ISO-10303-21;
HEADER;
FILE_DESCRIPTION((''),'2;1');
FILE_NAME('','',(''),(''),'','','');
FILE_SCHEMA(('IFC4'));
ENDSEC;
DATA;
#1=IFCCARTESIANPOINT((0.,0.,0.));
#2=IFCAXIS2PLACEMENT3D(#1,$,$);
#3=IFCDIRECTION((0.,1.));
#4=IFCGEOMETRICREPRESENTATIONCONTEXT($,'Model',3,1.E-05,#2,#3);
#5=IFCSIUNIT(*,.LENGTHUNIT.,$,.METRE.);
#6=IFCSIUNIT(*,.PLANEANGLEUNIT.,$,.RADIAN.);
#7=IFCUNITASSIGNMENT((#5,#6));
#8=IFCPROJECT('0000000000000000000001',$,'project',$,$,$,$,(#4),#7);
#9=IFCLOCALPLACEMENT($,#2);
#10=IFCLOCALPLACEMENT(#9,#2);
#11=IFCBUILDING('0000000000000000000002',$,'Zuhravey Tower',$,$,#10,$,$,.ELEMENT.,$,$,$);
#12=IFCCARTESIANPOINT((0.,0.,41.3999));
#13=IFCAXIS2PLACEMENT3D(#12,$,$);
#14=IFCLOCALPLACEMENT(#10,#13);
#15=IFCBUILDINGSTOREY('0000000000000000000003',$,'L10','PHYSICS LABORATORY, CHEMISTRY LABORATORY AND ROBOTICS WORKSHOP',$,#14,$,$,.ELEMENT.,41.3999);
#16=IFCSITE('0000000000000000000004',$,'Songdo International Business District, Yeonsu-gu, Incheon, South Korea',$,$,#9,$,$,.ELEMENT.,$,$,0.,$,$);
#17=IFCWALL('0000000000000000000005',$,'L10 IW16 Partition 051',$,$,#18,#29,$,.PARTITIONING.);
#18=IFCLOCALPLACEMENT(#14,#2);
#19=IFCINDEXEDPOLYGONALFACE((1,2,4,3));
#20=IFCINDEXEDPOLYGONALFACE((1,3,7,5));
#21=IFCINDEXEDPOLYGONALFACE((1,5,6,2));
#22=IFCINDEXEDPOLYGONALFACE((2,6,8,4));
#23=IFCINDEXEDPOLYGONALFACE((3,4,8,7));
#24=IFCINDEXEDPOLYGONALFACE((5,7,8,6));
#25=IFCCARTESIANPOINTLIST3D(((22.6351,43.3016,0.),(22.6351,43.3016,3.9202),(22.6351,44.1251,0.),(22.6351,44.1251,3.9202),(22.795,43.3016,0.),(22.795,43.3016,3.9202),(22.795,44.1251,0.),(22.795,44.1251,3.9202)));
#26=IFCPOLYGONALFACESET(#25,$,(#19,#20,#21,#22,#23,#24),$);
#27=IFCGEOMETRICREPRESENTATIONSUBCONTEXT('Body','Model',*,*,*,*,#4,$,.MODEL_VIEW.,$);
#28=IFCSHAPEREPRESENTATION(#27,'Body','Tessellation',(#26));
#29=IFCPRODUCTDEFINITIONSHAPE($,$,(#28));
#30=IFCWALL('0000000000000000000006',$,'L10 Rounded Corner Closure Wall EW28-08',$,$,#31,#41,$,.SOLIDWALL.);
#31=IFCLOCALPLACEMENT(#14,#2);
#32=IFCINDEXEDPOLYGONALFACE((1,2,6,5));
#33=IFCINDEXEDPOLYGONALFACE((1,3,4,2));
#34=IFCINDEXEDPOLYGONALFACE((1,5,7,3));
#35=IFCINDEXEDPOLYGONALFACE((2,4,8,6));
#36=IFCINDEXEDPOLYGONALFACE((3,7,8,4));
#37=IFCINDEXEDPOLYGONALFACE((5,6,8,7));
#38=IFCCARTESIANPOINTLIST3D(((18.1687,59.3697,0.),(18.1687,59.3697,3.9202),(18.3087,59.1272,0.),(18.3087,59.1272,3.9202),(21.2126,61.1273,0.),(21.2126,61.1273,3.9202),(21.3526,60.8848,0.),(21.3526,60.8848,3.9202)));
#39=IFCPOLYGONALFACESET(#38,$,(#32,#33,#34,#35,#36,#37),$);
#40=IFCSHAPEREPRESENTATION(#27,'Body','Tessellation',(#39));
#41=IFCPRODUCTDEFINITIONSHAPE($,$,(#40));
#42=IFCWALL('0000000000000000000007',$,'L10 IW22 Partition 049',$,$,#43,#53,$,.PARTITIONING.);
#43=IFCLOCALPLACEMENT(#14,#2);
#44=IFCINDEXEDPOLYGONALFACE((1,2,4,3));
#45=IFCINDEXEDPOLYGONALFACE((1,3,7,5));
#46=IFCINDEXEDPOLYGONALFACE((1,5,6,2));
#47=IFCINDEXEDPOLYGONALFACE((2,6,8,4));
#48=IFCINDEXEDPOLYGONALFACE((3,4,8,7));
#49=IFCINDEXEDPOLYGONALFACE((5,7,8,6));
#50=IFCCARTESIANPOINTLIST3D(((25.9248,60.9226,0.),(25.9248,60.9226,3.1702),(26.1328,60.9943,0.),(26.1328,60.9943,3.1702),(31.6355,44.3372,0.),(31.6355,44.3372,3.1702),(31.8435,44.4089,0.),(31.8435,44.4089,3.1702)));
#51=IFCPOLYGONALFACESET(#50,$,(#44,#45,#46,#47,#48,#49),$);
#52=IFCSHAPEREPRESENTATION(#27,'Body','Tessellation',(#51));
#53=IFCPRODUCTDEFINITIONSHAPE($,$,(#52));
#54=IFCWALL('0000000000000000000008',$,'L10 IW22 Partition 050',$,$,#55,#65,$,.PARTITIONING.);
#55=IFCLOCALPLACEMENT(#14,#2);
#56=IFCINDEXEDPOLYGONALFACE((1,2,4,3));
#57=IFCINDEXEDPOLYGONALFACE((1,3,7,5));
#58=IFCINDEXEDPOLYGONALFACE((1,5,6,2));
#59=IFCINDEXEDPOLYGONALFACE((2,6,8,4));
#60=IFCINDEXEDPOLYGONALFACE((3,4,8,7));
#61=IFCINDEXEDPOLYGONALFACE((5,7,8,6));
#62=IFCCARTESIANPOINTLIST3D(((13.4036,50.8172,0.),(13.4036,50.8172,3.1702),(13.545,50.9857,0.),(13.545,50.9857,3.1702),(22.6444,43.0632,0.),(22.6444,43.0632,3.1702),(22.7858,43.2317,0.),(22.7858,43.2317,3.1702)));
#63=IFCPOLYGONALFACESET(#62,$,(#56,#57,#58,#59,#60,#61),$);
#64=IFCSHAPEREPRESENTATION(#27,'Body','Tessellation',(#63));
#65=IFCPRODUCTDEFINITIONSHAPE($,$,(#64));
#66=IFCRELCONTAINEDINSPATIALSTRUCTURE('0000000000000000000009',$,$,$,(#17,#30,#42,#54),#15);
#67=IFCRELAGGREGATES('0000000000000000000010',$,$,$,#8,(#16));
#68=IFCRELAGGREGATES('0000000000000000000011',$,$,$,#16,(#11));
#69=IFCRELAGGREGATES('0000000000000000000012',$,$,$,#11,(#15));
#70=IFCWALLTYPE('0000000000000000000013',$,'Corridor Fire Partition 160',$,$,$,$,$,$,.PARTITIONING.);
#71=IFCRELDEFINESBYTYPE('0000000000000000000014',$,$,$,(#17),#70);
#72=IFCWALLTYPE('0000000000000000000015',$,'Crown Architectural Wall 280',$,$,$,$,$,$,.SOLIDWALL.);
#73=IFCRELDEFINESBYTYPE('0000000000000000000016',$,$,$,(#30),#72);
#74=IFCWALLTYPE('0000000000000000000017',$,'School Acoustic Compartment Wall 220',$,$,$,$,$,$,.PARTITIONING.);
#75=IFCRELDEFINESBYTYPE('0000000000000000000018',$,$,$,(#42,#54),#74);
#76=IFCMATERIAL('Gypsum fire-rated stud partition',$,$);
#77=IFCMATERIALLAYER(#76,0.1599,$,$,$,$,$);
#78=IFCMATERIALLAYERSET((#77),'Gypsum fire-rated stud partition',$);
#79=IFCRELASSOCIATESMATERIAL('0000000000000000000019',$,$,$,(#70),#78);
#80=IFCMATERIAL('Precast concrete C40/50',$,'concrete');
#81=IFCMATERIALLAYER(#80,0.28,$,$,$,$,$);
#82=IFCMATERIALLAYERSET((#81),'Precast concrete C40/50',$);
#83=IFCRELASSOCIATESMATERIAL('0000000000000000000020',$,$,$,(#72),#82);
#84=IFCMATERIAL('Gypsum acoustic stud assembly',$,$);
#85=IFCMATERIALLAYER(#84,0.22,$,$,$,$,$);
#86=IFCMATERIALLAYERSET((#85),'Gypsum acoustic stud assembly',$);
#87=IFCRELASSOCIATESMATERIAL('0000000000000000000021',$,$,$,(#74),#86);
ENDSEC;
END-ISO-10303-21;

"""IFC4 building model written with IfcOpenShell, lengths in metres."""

from ifc_helpers import new_model, si_unit, direction, frame, frame_2d, origin, place, context, subcontext, project, spatial, rectangle, extrude, material, layer, layer_set, type_object, element, save


model = new_model("IFC4")

# Units and contexts
model_context = context("Model", 3, precision=1e-05, world=origin(), true_north=direction((0.0, 1.0)))
body_context = subcontext(model_context, "Body", "Model", "MODEL_VIEW")
ifc_project = project(units=[si_unit("LENGTHUNIT", "METRE"), si_unit("PLANEANGLEUNIT", "RADIAN")], contexts=[model_context])

# Site, building, storey
site_placement = place(None, origin())
site = spatial("IfcSite", under=ifc_project, at=site_placement, Name="Songdo International Business District, Yeonsu-gu, Incheon, South Korea", CompositionType="ELEMENT", RefElevation=0.0)
building_placement = place(site_placement, origin())
building = spatial("IfcBuilding", under=site, at=building_placement, Name="Zuhravey Tower", CompositionType="ELEMENT")
storey_placement = place(building_placement, frame((0.0, 0.0, 41.3999)))
storey = spatial("IfcBuildingStorey", under=building, at=storey_placement, Name="L10", Description="PHYSICS LABORATORY, CHEMISTRY LABORATORY AND ROBOTICS WORKSHOP", CompositionType="ELEMENT", Elevation=41.3999)

# Shared definitions
ifc_material_1 = material(Name="Gypsum fire-rated stud partition")
ifc_layer_1 = layer(ifc_material_1, 0.1599)
ifc_layer_set_1 = layer_set([ifc_layer_1], Name="Gypsum fire-rated stud partition")
wall_type_1 = type_object("IfcWallType", Name="Corridor Fire Partition 160", PredefinedType="PARTITIONING", material=ifc_layer_set_1)

# Walls
wall_1_placement = place(storey_placement, frame((22.7151, 44.125, 0.0), z_axis=(0.0, 0.0, 1.0), x_axis=(0.0, -1.0, 0.0)))
element("IfcWall", 1, at=wall_1_placement, inside=storey, type_object=wall_type_1, Name="L10 IW16 Partition 051", PredefinedType="PARTITIONING", context=body_context, shape_type="SweptSolid", body=[
    extrude(rectangle(XDim=0.8235, YDim=0.1599, at=frame_2d((0.4116, 0.0))), origin(), (0.0, 0.0, 1.0), 3.9202),
])
ifc_material_2 = material(Name="Precast concrete C40/50", Category="concrete")
ifc_layer_2 = layer(ifc_material_2, 0.28)
ifc_layer_set_2 = layer_set([ifc_layer_2], Name="Precast concrete C40/50")
wall_type_2 = type_object("IfcWallType", Name="Crown Architectural Wall 280", PredefinedType="SOLIDWALL", material=ifc_layer_set_2)
wall_2_placement = place(storey_placement, frame((18.2388, 59.2485, 0.0), z_axis=(0.0, 0.0, 1.0), x_axis=(0.866007, 0.500031, 0.0)))
element("IfcWall", 2, at=wall_2_placement, inside=storey, type_object=wall_type_2, Name="L10 Rounded Corner Closure Wall EW28-08", PredefinedType="SOLIDWALL", context=body_context, shape_type="SweptSolid", body=[
    extrude(rectangle(XDim=3.5149, YDim=0.28, at=frame_2d((1.7573, 0.0))), origin(), (0.0, 0.0, 1.0), 3.9202),
])
ifc_material_3 = material(Name="Gypsum acoustic stud assembly")
ifc_layer_3 = layer(ifc_material_3, 0.22)
ifc_layer_set_3 = layer_set([ifc_layer_3], Name="Gypsum acoustic stud assembly")
wall_type_3 = type_object("IfcWallType", Name="School Acoustic Compartment Wall 220", PredefinedType="PARTITIONING", material=ifc_layer_set_3)
wall_3_placement = place(storey_placement, frame((31.7395, 44.373, 0.0), z_axis=(0.0, 0.0, 1.0), x_axis=(-0.325561, 0.945521, 0.0)))
element("IfcWall", 3, at=wall_3_placement, inside=storey, type_object=wall_type_3, Name="L10 IW22 Partition 049", PredefinedType="PARTITIONING", context=body_context, shape_type="SweptSolid", body=[
    extrude(rectangle(XDim=17.541, YDim=0.22, at=frame_2d((8.7705, 0.0))), origin(), (0.0, 0.0, 1.0), 3.1702),
])
wall_4_placement = place(storey_placement, frame((22.7151, 43.1475, 0.0), z_axis=(0.0, 0.0, 1.0), x_axis=(-0.766044, 0.642789, 0.0)))
element("IfcWall", 4, at=wall_4_placement, inside=storey, type_object=wall_type_3, Name="L10 IW22 Partition 050", PredefinedType="PARTITIONING", context=body_context, shape_type="SweptSolid", body=[
    extrude(rectangle(XDim=12.063, YDim=0.22, at=frame_2d((6.0315, 0.0))), origin(), (0.0, 0.0, 1.0), 3.1702),
])

save(model, "model.ifc")
